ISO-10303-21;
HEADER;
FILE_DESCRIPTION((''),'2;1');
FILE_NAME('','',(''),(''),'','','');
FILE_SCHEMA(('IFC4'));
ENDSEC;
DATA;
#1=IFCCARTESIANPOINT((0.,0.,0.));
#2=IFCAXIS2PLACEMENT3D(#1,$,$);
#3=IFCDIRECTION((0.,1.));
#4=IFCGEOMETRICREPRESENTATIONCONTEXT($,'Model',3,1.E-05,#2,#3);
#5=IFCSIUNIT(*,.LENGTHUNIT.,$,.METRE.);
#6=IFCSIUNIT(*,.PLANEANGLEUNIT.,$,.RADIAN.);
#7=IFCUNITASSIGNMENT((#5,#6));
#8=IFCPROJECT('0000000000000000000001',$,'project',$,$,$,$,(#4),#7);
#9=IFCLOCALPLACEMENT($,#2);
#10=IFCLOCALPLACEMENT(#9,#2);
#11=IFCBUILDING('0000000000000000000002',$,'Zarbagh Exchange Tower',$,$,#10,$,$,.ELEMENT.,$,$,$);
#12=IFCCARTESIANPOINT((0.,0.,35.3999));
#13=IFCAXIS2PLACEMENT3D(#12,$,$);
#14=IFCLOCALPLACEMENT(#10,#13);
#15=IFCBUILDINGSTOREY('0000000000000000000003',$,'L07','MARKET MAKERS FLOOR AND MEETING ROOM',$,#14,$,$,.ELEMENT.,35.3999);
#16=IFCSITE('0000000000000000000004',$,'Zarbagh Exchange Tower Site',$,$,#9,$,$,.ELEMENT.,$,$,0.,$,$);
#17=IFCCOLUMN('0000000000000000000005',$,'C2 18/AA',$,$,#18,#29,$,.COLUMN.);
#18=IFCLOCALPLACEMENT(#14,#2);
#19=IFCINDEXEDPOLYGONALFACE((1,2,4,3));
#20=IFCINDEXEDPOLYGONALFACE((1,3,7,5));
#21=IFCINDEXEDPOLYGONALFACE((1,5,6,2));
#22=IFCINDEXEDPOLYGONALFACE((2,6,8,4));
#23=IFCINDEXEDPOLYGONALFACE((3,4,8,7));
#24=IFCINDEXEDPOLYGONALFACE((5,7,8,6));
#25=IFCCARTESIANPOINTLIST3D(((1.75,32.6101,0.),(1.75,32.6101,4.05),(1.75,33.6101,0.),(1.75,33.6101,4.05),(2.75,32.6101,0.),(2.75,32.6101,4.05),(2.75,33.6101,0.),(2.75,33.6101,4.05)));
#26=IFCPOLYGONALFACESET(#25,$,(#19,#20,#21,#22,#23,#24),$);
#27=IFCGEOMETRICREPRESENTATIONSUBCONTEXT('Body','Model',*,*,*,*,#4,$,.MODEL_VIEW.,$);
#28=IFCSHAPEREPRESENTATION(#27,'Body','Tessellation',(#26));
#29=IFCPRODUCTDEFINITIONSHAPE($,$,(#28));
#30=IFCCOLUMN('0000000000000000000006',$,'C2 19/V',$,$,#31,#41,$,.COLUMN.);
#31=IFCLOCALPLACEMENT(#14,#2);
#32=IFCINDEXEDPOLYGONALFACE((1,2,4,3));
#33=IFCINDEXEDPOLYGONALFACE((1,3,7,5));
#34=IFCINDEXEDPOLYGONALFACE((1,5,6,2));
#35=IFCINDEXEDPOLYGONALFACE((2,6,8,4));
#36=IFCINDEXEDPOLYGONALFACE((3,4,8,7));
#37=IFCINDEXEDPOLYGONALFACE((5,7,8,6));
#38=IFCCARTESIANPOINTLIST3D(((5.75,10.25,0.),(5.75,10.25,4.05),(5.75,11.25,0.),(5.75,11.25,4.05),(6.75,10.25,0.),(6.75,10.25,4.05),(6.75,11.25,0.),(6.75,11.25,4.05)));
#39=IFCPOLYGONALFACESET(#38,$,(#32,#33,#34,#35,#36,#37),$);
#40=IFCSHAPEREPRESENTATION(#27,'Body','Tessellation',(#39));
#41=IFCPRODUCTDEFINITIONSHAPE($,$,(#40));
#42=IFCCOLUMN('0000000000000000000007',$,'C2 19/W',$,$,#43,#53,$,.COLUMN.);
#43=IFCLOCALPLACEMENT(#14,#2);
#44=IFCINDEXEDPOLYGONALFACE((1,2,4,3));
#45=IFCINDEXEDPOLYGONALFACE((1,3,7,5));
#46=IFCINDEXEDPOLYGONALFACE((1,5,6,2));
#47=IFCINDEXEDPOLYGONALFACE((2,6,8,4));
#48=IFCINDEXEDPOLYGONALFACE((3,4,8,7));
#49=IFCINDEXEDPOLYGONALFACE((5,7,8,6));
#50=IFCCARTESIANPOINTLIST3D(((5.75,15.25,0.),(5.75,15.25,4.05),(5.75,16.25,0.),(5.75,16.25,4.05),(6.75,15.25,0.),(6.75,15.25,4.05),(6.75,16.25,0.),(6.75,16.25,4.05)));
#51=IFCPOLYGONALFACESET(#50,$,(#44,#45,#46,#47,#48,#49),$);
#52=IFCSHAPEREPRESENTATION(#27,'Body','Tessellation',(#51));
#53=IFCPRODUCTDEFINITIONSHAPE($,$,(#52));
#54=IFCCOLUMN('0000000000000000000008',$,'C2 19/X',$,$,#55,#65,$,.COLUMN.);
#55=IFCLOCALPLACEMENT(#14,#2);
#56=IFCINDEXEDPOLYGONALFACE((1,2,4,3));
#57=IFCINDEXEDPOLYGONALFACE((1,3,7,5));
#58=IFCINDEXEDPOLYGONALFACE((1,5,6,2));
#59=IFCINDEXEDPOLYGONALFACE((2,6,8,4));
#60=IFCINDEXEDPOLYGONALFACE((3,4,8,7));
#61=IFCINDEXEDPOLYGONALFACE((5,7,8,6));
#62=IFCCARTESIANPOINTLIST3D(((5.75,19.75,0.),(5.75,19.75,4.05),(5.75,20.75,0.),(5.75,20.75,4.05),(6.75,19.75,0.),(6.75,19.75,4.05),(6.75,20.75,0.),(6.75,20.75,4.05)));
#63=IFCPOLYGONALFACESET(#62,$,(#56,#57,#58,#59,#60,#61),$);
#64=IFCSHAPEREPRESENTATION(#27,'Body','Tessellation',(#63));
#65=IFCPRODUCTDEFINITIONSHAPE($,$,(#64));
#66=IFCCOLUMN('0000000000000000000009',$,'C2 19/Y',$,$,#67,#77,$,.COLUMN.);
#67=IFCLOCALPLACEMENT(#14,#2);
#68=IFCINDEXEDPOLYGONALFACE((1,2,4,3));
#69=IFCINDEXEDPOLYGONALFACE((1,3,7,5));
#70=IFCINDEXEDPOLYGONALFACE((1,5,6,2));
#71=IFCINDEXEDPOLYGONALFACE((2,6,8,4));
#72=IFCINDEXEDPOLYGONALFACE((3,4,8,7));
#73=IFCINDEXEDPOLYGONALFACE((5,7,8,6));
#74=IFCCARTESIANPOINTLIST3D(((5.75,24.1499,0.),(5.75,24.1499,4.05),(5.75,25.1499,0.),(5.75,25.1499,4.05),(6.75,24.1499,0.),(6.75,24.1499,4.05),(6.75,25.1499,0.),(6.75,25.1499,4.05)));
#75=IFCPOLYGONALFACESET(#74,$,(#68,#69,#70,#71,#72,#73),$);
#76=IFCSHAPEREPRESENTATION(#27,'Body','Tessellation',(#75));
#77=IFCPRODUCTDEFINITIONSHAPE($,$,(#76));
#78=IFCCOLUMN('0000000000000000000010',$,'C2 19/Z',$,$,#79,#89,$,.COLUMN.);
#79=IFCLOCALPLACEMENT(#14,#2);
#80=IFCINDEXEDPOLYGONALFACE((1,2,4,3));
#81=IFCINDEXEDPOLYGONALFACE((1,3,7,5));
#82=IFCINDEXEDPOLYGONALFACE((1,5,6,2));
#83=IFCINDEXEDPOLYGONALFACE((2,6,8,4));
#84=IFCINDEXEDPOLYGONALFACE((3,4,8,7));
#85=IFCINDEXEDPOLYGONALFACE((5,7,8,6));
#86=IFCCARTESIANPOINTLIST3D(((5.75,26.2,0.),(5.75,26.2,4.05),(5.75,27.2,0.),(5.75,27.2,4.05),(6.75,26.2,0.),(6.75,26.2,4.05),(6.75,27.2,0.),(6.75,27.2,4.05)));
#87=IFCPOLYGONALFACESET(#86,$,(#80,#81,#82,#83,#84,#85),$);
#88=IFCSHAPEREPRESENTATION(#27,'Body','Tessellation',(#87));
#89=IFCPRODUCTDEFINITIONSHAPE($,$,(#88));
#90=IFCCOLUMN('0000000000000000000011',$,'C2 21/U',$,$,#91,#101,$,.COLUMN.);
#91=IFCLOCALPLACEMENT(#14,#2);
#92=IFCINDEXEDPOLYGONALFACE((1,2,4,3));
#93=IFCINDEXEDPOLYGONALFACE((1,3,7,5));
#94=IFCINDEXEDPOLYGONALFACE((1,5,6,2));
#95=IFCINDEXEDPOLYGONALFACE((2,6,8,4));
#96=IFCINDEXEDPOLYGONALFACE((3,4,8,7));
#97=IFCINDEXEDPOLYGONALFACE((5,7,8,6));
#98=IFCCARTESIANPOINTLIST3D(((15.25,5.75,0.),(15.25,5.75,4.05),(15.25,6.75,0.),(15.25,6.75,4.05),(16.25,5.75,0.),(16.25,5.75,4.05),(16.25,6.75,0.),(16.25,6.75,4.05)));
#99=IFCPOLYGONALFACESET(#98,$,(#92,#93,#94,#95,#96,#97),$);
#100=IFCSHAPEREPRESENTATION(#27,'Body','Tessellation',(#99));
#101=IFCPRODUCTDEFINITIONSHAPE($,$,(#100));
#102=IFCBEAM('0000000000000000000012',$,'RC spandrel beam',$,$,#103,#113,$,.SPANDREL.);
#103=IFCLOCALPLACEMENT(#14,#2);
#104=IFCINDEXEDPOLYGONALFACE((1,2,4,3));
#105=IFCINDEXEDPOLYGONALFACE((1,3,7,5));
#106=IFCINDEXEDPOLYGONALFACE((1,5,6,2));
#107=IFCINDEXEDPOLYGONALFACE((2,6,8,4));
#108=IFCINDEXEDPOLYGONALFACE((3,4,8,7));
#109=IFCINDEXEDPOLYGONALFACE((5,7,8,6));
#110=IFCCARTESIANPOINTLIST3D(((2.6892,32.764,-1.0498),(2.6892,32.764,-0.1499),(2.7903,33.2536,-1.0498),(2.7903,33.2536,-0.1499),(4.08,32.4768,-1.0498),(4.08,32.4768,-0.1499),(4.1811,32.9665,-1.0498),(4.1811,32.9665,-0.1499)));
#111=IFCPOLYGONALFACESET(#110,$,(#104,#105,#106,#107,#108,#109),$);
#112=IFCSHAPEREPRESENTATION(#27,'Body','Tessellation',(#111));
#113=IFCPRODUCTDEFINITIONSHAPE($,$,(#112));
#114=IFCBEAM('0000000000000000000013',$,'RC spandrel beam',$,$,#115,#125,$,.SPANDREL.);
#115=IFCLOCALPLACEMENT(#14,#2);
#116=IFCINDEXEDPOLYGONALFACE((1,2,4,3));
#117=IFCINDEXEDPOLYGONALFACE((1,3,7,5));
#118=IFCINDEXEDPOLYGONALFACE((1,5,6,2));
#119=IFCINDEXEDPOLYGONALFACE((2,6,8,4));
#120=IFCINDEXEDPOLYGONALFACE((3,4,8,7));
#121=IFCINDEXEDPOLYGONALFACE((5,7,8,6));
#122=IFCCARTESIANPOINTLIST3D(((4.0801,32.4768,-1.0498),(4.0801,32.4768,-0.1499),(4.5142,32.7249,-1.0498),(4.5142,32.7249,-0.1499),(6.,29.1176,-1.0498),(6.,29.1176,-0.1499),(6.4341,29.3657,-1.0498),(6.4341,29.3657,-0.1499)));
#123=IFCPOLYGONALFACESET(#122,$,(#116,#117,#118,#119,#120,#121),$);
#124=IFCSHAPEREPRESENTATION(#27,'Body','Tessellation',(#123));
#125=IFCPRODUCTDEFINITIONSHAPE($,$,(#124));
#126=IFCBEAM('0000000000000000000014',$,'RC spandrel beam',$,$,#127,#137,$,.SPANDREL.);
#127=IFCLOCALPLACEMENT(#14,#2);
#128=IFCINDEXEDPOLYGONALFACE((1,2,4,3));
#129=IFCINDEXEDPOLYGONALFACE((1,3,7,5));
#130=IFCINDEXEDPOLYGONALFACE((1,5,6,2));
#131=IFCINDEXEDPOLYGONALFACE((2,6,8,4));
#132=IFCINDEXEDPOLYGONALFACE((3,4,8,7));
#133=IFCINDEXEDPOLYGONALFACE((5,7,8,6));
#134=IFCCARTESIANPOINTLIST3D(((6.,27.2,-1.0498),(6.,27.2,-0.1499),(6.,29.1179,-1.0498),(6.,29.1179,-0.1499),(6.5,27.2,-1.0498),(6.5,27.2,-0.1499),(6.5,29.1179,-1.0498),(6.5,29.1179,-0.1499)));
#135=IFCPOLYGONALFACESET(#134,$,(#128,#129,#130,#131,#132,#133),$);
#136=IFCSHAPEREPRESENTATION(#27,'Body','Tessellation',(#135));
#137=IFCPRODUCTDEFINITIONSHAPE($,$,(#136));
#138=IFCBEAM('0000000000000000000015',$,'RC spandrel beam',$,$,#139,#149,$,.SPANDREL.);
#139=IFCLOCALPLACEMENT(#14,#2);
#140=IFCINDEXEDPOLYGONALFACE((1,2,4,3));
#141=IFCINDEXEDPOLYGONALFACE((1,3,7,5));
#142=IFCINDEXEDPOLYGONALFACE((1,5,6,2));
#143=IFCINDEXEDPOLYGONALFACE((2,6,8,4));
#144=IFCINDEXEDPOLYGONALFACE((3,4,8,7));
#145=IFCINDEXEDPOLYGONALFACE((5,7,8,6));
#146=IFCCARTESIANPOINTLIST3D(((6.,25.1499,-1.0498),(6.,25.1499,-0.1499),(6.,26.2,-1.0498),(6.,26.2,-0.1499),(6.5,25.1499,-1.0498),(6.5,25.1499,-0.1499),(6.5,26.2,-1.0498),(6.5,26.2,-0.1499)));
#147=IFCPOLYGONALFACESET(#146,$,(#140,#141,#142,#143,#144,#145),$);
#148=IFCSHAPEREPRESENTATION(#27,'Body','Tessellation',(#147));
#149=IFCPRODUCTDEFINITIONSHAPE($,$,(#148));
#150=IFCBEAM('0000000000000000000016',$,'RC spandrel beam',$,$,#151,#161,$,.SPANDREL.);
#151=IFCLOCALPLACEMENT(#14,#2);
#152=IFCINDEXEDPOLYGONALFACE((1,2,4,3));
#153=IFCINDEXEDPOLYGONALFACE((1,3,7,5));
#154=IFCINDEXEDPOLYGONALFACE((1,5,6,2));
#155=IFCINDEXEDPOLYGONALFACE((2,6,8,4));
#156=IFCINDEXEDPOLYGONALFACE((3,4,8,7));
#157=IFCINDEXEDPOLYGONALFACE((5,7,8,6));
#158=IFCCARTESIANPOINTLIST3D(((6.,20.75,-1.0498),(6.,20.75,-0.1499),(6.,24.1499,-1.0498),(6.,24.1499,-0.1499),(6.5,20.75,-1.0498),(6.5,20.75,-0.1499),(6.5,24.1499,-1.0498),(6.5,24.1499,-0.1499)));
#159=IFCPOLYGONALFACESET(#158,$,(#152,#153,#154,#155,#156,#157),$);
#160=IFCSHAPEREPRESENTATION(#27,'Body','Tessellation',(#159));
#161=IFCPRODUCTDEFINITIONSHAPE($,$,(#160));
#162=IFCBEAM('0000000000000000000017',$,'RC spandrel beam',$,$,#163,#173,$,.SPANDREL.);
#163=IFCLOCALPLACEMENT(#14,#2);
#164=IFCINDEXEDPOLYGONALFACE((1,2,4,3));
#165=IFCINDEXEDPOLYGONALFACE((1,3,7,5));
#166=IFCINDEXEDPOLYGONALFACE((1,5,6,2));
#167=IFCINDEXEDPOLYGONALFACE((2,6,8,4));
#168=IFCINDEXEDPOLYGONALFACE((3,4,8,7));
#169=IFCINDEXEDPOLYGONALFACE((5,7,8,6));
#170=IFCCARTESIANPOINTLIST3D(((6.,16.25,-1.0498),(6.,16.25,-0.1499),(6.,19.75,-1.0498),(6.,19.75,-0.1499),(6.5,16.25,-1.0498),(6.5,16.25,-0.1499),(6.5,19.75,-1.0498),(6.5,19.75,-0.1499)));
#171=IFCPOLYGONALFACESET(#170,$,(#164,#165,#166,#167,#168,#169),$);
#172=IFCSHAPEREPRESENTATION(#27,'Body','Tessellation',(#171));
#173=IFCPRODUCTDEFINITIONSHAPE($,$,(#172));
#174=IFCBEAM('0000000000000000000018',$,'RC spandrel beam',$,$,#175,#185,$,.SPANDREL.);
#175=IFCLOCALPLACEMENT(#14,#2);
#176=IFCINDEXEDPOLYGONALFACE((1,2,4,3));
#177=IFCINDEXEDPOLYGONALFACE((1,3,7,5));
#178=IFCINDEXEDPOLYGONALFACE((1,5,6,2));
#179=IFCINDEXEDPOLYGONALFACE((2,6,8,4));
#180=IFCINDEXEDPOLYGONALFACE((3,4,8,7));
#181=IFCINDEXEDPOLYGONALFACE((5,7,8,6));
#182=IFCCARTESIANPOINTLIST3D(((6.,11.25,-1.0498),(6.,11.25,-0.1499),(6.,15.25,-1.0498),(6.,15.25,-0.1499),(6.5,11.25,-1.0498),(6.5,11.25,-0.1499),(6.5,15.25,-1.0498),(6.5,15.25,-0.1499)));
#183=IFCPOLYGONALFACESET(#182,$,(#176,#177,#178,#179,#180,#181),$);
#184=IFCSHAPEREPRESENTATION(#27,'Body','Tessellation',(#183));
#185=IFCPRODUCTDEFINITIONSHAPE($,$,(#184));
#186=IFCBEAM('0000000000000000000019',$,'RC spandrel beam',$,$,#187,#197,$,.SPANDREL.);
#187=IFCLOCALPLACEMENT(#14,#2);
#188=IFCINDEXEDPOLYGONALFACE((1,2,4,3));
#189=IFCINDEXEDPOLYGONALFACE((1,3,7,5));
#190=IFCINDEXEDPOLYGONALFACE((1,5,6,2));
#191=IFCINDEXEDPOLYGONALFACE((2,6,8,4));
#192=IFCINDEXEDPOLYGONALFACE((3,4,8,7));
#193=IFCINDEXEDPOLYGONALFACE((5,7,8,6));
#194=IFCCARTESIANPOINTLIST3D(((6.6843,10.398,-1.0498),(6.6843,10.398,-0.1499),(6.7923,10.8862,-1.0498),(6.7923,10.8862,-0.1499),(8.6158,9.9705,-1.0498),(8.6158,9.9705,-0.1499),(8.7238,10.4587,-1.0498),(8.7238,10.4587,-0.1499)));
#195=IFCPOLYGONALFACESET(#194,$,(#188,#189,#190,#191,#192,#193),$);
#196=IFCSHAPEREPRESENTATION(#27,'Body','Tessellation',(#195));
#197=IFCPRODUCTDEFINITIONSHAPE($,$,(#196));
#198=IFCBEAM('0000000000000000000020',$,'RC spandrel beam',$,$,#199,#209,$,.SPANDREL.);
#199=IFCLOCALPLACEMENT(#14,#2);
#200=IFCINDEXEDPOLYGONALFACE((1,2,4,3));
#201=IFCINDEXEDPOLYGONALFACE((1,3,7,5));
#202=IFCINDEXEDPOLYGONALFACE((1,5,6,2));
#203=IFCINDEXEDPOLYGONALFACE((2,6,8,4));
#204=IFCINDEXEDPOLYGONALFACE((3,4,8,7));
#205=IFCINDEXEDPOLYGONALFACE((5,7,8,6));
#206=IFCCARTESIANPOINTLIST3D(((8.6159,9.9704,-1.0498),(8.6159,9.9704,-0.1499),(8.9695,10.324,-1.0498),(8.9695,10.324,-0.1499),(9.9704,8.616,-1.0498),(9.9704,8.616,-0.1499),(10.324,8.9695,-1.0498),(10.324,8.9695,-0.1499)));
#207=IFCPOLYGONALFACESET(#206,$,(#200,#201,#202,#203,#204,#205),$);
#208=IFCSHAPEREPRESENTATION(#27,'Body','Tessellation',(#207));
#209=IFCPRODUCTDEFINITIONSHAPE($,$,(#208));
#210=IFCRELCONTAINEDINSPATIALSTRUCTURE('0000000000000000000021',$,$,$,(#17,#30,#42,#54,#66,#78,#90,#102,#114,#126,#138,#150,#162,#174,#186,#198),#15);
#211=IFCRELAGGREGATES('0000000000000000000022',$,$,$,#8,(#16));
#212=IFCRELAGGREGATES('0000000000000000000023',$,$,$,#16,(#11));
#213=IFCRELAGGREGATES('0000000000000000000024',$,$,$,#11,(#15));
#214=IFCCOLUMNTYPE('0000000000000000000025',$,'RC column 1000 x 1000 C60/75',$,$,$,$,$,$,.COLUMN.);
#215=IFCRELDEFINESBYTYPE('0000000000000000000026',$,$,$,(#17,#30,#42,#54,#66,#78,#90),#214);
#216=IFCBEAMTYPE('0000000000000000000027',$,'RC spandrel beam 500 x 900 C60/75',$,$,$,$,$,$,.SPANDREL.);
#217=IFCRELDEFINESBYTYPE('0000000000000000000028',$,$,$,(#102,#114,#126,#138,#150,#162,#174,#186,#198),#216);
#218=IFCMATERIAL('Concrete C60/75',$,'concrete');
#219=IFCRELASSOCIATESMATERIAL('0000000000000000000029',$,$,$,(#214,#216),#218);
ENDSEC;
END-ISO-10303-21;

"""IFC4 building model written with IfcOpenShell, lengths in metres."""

from ifc_helpers import new_model, si_unit, direction, frame, origin, origin_2d, place, context, subcontext, project, spatial, rectangle, extrude, material, material_profile, profile_set, type_object, element, save


model = new_model("IFC4")

# Units and contexts
model_context = context("Model", 3, precision=1e-05, world=origin(), true_north=direction((0.0, 1.0)))
body_context = subcontext(model_context, "Body", "Model", "MODEL_VIEW")
ifc_project = project(units=[si_unit("LENGTHUNIT", "METRE"), si_unit("PLANEANGLEUNIT", "RADIAN")], contexts=[model_context])

# Site, building, storey
site_placement = place(None, origin())
site = spatial("IfcSite", under=ifc_project, at=site_placement, Name="Zarbagh Exchange Tower Site", CompositionType="ELEMENT", RefElevation=0.0)
building_placement = place(site_placement, origin())
building = spatial("IfcBuilding", under=site, at=building_placement, Name="Zarbagh Exchange Tower", CompositionType="ELEMENT")
storey_placement = place(building_placement, frame((0.0, 0.0, 35.3999)))
storey = spatial("IfcBuildingStorey", under=building, at=storey_placement, Name="L07", Description="MARKET MAKERS FLOOR AND MEETING ROOM", CompositionType="ELEMENT", Elevation=35.3999)

# Columns
ifc_material_1 = material(Name="Concrete C60/75", Category="concrete")
ifc_material_profile_1 = material_profile(ifc_material_1, rectangle(XDim=1.0, YDim=1.0, at=origin_2d()), Name="RC column 1000 x 1000 C60/75")
ifc_profile_set_1 = profile_set([ifc_material_profile_1], Name="Concrete C60/75")
column_type = type_object("IfcColumnType", Name="RC column 1000 x 1000 C60/75", PredefinedType="COLUMN", material=ifc_profile_set_1)
for number, where, z_axis, x_axis, name in (
    (1, (2.25, 33.1101, 0.0), (0.0, 0.0, 1.0), (1.0, 0.0, 0.0), "C2 18/AA"),
    (2, (6.25, 10.75, 0.0), (0.0, 0.0, 1.0), (1.0, 0.0, 0.0), "C2 19/V"),
    (3, (6.25, 15.75, 0.0), (0.0, 0.0, 1.0), (1.0, 0.0, 0.0), "C2 19/W"),
    (4, (6.25, 20.25, 0.0), (0.0, 0.0, 1.0), (1.0, 0.0, 0.0), "C2 19/X"),
    (5, (6.25, 24.6499, 0.0), (0.0, 0.0, 1.0), (1.0, 0.0, 0.0), "C2 19/Y"),
    (6, (6.25, 26.7, 0.0), (0.0, 0.0, 1.0), (1.0, 0.0, 0.0), "C2 19/Z"),
    (7, (15.75, 6.25, 0.0), (0.0, 0.0, 1.0), (1.0, 0.0, 0.0), "C2 21/U"),
):
    element("IfcColumn", number, at=place(storey_placement, frame(where, z_axis=z_axis, x_axis=x_axis)), inside=storey, type_object=column_type, Name=name, PredefinedType="COLUMN", context=body_context, shape_type="SweptSolid", body=[
        extrude(rectangle(XDim=1.0, YDim=1.0, at=origin_2d()), origin(), (0.0, 0.0, 1.0), 4.05),
    ])

# Beams
ifc_material_profile_2 = material_profile(ifc_material_1, rectangle(XDim=0.5, YDim=0.8999, at=origin_2d()), Name="RC spandrel beam 500 x 900 C60/75")
ifc_profile_set_2 = profile_set([ifc_material_profile_2], Name="Concrete C60/75")
beam_type = type_object("IfcBeamType", Name="RC spandrel beam 500 x 900 C60/75", PredefinedType="SPANDREL", material=ifc_profile_set_2)
beam_1_placement = place(storey_placement, frame((2.7397, 33.0088, -0.5999), z_axis=(0.979352, -0.202162, 0.0), x_axis=(0.202162, 0.979352, 0.0)))
element("IfcBeam", 8, at=beam_1_placement, inside=storey, type_object=beam_type, Name="RC spandrel beam", PredefinedType="SPANDREL", context=body_context, shape_type="SweptSolid", body=[
    extrude(rectangle(XDim=0.5, YDim=0.8999, at=origin_2d()), origin(), (0.0, 0.0, 1.0), 1.4202),
])
beam_2_placement = place(storey_placement, frame((4.2971, 32.6008, -0.5999), z_axis=(0.49622, -0.868197, 0.0), x_axis=(0.868197, 0.49622, 0.0)))
element("IfcBeam", 9, at=beam_2_placement, inside=storey, type_object=beam_type, Name="RC spandrel beam", PredefinedType="SPANDREL", context=body_context, shape_type="SweptSolid", body=[
    extrude(rectangle(XDim=0.5, YDim=0.8999, at=origin_2d()), origin(), (0.0, 0.0, 1.0), 3.8691),
])
beam_3_placement = place(storey_placement, frame((6.25, 29.1179, -0.5999), z_axis=(0.0, -1.0, 0.0), x_axis=(1.0, 0.0, 0.0)))
element("IfcBeam", 10, at=beam_3_placement, inside=storey, type_object=beam_type, Name="RC spandrel beam", PredefinedType="SPANDREL", context=body_context, shape_type="SweptSolid", body=[
    extrude(rectangle(XDim=0.5, YDim=0.8999, at=origin_2d()), origin(), (0.0, 0.0, 1.0), 1.918),
])
beam_4_placement = place(storey_placement, frame((6.25, 26.2, -0.5999), z_axis=(0.0, -1.0, 0.0), x_axis=(1.0, 0.0, 0.0)))
element("IfcBeam", 11, at=beam_4_placement, inside=storey, type_object=beam_type, Name="RC spandrel beam", PredefinedType="SPANDREL", context=body_context, shape_type="SweptSolid", body=[
    extrude(rectangle(XDim=0.5, YDim=0.8999, at=origin_2d()), origin(), (0.0, 0.0, 1.0), 1.05),
])
beam_5_placement = place(storey_placement, frame((6.25, 24.1499, -0.5999), z_axis=(0.0, -1.0, 0.0), x_axis=(1.0, 0.0, 0.0)))
element("IfcBeam", 12, at=beam_5_placement, inside=storey, type_object=beam_type, Name="RC spandrel beam", PredefinedType="SPANDREL", context=body_context, shape_type="SweptSolid", body=[
    extrude(rectangle(XDim=0.5, YDim=0.8999, at=origin_2d()), origin(), (0.0, 0.0, 1.0), 3.3999),
])
beam_6_placement = place(storey_placement, frame((6.25, 19.75, -0.5999), z_axis=(0.0, -1.0, 0.0), x_axis=(1.0, 0.0, 0.0)))
element("IfcBeam", 13, at=beam_6_placement, inside=storey, type_object=beam_type, Name="RC spandrel beam", PredefinedType="SPANDREL", context=body_context, shape_type="SweptSolid", body=[
    extrude(rectangle(XDim=0.5, YDim=0.8999, at=origin_2d()), origin(), (0.0, 0.0, 1.0), 3.5),
])
beam_7_placement = place(storey_placement, frame((6.25, 15.25, -0.5999), z_axis=(0.0, -1.0, 0.0), x_axis=(1.0, 0.0, 0.0)))
element("IfcBeam", 14, at=beam_7_placement, inside=storey, type_object=beam_type, Name="RC spandrel beam", PredefinedType="SPANDREL", context=body_context, shape_type="SweptSolid", body=[
    extrude(rectangle(XDim=0.5, YDim=0.8999, at=origin_2d()), origin(), (0.0, 0.0, 1.0), 4.0),
])
beam_8_placement = place(storey_placement, frame((6.7383, 10.6421, -0.5999), z_axis=(0.976375, -0.216081, 0.0), x_axis=(0.216081, 0.976375, 0.0)))
element("IfcBeam", 15, at=beam_8_placement, inside=storey, type_object=beam_type, Name="RC spandrel beam", PredefinedType="SPANDREL", context=body_context, shape_type="SweptSolid", body=[
    extrude(rectangle(XDim=0.5, YDim=0.8999, at=origin_2d()), origin(), (0.0, 0.0, 1.0), 1.9783),
])
beam_9_placement = place(storey_placement, frame((8.7927, 10.1472, -0.5999), z_axis=(0.707107, -0.707107, 0.0), x_axis=(0.707107, 0.707107, 0.0)))
element("IfcBeam", 16, at=beam_9_placement, inside=storey, type_object=beam_type, Name="RC spandrel beam", PredefinedType="SPANDREL", context=body_context, shape_type="SweptSolid", body=[
    extrude(rectangle(XDim=0.5, YDim=0.8999, at=origin_2d()), origin(), (0.0, 0.0, 1.0), 1.9155),
])

save(model, "model.ifc")
